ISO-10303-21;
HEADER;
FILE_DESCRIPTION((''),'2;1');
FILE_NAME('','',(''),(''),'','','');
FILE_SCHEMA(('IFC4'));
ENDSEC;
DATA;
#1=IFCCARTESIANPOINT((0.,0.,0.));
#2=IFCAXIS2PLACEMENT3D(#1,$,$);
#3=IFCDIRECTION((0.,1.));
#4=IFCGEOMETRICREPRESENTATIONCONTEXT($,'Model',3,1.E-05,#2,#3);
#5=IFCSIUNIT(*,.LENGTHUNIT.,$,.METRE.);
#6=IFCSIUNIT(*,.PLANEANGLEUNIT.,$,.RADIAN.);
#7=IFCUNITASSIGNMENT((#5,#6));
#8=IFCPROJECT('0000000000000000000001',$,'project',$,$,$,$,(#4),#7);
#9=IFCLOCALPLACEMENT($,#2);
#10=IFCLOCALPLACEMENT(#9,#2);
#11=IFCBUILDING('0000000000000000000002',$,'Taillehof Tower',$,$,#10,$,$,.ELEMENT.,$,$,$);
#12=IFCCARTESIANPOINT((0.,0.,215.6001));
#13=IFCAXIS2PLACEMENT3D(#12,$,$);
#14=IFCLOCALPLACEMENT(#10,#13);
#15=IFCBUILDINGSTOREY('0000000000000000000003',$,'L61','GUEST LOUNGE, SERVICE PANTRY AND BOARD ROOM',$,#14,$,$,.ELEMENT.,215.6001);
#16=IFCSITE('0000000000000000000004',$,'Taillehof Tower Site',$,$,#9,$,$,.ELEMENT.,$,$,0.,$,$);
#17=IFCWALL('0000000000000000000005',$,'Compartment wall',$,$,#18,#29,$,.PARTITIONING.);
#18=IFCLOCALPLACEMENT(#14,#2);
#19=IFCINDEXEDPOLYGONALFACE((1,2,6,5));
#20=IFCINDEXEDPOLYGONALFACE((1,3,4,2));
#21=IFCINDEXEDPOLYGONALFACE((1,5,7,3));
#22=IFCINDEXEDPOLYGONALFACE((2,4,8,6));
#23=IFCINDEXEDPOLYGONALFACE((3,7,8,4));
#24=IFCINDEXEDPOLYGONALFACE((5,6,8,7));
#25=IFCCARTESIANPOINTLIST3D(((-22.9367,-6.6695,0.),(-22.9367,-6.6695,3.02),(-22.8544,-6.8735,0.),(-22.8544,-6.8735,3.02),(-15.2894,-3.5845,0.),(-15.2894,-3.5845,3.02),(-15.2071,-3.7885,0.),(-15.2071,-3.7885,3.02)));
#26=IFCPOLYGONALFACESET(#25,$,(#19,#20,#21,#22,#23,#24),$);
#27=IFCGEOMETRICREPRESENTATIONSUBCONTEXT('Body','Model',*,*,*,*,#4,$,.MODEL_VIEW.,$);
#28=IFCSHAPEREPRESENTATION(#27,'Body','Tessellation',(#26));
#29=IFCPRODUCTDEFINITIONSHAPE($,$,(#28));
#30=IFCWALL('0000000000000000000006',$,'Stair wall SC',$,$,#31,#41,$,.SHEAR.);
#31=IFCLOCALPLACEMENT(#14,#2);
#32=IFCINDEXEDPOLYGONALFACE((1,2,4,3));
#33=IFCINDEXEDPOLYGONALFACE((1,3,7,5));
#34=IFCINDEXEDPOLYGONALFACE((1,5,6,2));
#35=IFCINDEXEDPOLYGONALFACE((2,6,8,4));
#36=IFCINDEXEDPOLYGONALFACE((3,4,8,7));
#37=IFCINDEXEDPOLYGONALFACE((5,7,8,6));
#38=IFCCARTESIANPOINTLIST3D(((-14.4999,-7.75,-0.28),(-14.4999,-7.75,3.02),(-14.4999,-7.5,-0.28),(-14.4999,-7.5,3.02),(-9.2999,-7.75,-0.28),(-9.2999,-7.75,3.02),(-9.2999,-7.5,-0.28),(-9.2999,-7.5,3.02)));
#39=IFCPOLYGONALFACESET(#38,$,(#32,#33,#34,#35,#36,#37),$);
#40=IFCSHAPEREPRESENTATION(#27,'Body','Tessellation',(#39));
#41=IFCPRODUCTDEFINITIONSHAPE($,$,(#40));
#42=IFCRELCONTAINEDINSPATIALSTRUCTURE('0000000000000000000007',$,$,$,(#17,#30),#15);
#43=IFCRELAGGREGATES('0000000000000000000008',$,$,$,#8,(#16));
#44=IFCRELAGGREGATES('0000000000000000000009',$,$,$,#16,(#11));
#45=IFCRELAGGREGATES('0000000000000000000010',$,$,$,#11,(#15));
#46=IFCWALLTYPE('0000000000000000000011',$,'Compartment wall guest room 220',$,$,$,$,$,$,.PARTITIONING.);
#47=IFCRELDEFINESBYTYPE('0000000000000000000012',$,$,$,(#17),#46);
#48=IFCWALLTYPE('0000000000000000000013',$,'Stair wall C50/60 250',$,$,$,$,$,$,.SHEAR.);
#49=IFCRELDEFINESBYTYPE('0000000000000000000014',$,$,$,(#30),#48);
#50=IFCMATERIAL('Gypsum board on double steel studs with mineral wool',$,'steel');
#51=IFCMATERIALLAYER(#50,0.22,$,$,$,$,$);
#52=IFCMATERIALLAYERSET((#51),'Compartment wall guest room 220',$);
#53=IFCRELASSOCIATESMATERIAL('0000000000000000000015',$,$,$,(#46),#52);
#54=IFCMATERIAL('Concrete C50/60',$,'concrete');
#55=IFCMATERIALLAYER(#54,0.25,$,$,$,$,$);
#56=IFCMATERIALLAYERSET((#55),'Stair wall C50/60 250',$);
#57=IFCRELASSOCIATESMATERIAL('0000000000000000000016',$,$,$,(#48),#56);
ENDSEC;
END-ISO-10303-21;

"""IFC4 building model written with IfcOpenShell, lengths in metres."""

from ifc_helpers import new_model, si_unit, direction, frame, frame_2d, origin, place, context, subcontext, project, spatial, rectangle, extrude, material, layer, layer_set, type_object, element, save


model = new_model("IFC4")

# Units and contexts
model_context = context("Model", 3, precision=1e-05, world=origin(), true_north=direction((0.0, 1.0)))
body_context = subcontext(model_context, "Body", "Model", "MODEL_VIEW")
ifc_project = project(units=[si_unit("LENGTHUNIT", "METRE"), si_unit("PLANEANGLEUNIT", "RADIAN")], contexts=[model_context])

# Site, building, storey
site_placement = place(None, origin())
site = spatial("IfcSite", under=ifc_project, at=site_placement, Name="Taillehof Tower Site", CompositionType="ELEMENT", RefElevation=0.0)
building_placement = place(site_placement, origin())
building = spatial("IfcBuilding", under=site, at=building_placement, Name="Taillehof Tower", CompositionType="ELEMENT")
storey_placement = place(building_placement, frame((0.0, 0.0, 215.6001)))
storey = spatial("IfcBuildingStorey", under=building, at=storey_placement, Name="L61", Description="GUEST LOUNGE, SERVICE PANTRY AND BOARD ROOM", CompositionType="ELEMENT", Elevation=215.6001)

# Walls
ifc_material_1 = material(Name="Gypsum board on double steel studs with mineral wool", Category="steel")
ifc_layer_1 = layer(ifc_material_1, 0.22)
ifc_layer_set_1 = layer_set([ifc_layer_1], Name="Compartment wall guest room 220")
wall_type_1 = type_object("IfcWallType", Name="Compartment wall guest room 220", PredefinedType="PARTITIONING", material=ifc_layer_set_1)
wall_1_placement = place(storey_placement, frame((-22.8955, -6.7715, 0.0), z_axis=(0.0, 0.0, 1.0), x_axis=(0.927382, 0.374115, 0.0)))
element("IfcWall", 1, at=wall_1_placement, inside=storey, type_object=wall_type_1, Name="Compartment wall", PredefinedType="PARTITIONING", context=body_context, shape_type="SweptSolid", body=[
    extrude(rectangle(XDim=8.2461, YDim=0.22, at=frame_2d((4.123, 0.0))), origin(), (0.0, 0.0, 1.0), 3.02),
])
ifc_material_2 = material(Name="Concrete C50/60", Category="concrete")
ifc_layer_2 = layer(ifc_material_2, 0.25)
ifc_layer_set_2 = layer_set([ifc_layer_2], Name="Stair wall C50/60 250")
wall_type_2 = type_object("IfcWallType", Name="Stair wall C50/60 250", PredefinedType="SHEAR", material=ifc_layer_set_2)
wall_2_placement = place(storey_placement, frame((-14.5, -7.625, -0.28), z_axis=(0.0, 0.0, 1.0), x_axis=(1.0, 0.0, 0.0)))
element("IfcWall", 2, at=wall_2_placement, inside=storey, type_object=wall_type_2, Name="Stair wall SC", PredefinedType="SHEAR", context=body_context, shape_type="SweptSolid", body=[
    extrude(rectangle(XDim=5.2, YDim=0.25, at=frame_2d((2.6001, 0.0))), origin(), (0.0, 0.0, 1.0), 3.3),
])

save(model, "model.ifc")
